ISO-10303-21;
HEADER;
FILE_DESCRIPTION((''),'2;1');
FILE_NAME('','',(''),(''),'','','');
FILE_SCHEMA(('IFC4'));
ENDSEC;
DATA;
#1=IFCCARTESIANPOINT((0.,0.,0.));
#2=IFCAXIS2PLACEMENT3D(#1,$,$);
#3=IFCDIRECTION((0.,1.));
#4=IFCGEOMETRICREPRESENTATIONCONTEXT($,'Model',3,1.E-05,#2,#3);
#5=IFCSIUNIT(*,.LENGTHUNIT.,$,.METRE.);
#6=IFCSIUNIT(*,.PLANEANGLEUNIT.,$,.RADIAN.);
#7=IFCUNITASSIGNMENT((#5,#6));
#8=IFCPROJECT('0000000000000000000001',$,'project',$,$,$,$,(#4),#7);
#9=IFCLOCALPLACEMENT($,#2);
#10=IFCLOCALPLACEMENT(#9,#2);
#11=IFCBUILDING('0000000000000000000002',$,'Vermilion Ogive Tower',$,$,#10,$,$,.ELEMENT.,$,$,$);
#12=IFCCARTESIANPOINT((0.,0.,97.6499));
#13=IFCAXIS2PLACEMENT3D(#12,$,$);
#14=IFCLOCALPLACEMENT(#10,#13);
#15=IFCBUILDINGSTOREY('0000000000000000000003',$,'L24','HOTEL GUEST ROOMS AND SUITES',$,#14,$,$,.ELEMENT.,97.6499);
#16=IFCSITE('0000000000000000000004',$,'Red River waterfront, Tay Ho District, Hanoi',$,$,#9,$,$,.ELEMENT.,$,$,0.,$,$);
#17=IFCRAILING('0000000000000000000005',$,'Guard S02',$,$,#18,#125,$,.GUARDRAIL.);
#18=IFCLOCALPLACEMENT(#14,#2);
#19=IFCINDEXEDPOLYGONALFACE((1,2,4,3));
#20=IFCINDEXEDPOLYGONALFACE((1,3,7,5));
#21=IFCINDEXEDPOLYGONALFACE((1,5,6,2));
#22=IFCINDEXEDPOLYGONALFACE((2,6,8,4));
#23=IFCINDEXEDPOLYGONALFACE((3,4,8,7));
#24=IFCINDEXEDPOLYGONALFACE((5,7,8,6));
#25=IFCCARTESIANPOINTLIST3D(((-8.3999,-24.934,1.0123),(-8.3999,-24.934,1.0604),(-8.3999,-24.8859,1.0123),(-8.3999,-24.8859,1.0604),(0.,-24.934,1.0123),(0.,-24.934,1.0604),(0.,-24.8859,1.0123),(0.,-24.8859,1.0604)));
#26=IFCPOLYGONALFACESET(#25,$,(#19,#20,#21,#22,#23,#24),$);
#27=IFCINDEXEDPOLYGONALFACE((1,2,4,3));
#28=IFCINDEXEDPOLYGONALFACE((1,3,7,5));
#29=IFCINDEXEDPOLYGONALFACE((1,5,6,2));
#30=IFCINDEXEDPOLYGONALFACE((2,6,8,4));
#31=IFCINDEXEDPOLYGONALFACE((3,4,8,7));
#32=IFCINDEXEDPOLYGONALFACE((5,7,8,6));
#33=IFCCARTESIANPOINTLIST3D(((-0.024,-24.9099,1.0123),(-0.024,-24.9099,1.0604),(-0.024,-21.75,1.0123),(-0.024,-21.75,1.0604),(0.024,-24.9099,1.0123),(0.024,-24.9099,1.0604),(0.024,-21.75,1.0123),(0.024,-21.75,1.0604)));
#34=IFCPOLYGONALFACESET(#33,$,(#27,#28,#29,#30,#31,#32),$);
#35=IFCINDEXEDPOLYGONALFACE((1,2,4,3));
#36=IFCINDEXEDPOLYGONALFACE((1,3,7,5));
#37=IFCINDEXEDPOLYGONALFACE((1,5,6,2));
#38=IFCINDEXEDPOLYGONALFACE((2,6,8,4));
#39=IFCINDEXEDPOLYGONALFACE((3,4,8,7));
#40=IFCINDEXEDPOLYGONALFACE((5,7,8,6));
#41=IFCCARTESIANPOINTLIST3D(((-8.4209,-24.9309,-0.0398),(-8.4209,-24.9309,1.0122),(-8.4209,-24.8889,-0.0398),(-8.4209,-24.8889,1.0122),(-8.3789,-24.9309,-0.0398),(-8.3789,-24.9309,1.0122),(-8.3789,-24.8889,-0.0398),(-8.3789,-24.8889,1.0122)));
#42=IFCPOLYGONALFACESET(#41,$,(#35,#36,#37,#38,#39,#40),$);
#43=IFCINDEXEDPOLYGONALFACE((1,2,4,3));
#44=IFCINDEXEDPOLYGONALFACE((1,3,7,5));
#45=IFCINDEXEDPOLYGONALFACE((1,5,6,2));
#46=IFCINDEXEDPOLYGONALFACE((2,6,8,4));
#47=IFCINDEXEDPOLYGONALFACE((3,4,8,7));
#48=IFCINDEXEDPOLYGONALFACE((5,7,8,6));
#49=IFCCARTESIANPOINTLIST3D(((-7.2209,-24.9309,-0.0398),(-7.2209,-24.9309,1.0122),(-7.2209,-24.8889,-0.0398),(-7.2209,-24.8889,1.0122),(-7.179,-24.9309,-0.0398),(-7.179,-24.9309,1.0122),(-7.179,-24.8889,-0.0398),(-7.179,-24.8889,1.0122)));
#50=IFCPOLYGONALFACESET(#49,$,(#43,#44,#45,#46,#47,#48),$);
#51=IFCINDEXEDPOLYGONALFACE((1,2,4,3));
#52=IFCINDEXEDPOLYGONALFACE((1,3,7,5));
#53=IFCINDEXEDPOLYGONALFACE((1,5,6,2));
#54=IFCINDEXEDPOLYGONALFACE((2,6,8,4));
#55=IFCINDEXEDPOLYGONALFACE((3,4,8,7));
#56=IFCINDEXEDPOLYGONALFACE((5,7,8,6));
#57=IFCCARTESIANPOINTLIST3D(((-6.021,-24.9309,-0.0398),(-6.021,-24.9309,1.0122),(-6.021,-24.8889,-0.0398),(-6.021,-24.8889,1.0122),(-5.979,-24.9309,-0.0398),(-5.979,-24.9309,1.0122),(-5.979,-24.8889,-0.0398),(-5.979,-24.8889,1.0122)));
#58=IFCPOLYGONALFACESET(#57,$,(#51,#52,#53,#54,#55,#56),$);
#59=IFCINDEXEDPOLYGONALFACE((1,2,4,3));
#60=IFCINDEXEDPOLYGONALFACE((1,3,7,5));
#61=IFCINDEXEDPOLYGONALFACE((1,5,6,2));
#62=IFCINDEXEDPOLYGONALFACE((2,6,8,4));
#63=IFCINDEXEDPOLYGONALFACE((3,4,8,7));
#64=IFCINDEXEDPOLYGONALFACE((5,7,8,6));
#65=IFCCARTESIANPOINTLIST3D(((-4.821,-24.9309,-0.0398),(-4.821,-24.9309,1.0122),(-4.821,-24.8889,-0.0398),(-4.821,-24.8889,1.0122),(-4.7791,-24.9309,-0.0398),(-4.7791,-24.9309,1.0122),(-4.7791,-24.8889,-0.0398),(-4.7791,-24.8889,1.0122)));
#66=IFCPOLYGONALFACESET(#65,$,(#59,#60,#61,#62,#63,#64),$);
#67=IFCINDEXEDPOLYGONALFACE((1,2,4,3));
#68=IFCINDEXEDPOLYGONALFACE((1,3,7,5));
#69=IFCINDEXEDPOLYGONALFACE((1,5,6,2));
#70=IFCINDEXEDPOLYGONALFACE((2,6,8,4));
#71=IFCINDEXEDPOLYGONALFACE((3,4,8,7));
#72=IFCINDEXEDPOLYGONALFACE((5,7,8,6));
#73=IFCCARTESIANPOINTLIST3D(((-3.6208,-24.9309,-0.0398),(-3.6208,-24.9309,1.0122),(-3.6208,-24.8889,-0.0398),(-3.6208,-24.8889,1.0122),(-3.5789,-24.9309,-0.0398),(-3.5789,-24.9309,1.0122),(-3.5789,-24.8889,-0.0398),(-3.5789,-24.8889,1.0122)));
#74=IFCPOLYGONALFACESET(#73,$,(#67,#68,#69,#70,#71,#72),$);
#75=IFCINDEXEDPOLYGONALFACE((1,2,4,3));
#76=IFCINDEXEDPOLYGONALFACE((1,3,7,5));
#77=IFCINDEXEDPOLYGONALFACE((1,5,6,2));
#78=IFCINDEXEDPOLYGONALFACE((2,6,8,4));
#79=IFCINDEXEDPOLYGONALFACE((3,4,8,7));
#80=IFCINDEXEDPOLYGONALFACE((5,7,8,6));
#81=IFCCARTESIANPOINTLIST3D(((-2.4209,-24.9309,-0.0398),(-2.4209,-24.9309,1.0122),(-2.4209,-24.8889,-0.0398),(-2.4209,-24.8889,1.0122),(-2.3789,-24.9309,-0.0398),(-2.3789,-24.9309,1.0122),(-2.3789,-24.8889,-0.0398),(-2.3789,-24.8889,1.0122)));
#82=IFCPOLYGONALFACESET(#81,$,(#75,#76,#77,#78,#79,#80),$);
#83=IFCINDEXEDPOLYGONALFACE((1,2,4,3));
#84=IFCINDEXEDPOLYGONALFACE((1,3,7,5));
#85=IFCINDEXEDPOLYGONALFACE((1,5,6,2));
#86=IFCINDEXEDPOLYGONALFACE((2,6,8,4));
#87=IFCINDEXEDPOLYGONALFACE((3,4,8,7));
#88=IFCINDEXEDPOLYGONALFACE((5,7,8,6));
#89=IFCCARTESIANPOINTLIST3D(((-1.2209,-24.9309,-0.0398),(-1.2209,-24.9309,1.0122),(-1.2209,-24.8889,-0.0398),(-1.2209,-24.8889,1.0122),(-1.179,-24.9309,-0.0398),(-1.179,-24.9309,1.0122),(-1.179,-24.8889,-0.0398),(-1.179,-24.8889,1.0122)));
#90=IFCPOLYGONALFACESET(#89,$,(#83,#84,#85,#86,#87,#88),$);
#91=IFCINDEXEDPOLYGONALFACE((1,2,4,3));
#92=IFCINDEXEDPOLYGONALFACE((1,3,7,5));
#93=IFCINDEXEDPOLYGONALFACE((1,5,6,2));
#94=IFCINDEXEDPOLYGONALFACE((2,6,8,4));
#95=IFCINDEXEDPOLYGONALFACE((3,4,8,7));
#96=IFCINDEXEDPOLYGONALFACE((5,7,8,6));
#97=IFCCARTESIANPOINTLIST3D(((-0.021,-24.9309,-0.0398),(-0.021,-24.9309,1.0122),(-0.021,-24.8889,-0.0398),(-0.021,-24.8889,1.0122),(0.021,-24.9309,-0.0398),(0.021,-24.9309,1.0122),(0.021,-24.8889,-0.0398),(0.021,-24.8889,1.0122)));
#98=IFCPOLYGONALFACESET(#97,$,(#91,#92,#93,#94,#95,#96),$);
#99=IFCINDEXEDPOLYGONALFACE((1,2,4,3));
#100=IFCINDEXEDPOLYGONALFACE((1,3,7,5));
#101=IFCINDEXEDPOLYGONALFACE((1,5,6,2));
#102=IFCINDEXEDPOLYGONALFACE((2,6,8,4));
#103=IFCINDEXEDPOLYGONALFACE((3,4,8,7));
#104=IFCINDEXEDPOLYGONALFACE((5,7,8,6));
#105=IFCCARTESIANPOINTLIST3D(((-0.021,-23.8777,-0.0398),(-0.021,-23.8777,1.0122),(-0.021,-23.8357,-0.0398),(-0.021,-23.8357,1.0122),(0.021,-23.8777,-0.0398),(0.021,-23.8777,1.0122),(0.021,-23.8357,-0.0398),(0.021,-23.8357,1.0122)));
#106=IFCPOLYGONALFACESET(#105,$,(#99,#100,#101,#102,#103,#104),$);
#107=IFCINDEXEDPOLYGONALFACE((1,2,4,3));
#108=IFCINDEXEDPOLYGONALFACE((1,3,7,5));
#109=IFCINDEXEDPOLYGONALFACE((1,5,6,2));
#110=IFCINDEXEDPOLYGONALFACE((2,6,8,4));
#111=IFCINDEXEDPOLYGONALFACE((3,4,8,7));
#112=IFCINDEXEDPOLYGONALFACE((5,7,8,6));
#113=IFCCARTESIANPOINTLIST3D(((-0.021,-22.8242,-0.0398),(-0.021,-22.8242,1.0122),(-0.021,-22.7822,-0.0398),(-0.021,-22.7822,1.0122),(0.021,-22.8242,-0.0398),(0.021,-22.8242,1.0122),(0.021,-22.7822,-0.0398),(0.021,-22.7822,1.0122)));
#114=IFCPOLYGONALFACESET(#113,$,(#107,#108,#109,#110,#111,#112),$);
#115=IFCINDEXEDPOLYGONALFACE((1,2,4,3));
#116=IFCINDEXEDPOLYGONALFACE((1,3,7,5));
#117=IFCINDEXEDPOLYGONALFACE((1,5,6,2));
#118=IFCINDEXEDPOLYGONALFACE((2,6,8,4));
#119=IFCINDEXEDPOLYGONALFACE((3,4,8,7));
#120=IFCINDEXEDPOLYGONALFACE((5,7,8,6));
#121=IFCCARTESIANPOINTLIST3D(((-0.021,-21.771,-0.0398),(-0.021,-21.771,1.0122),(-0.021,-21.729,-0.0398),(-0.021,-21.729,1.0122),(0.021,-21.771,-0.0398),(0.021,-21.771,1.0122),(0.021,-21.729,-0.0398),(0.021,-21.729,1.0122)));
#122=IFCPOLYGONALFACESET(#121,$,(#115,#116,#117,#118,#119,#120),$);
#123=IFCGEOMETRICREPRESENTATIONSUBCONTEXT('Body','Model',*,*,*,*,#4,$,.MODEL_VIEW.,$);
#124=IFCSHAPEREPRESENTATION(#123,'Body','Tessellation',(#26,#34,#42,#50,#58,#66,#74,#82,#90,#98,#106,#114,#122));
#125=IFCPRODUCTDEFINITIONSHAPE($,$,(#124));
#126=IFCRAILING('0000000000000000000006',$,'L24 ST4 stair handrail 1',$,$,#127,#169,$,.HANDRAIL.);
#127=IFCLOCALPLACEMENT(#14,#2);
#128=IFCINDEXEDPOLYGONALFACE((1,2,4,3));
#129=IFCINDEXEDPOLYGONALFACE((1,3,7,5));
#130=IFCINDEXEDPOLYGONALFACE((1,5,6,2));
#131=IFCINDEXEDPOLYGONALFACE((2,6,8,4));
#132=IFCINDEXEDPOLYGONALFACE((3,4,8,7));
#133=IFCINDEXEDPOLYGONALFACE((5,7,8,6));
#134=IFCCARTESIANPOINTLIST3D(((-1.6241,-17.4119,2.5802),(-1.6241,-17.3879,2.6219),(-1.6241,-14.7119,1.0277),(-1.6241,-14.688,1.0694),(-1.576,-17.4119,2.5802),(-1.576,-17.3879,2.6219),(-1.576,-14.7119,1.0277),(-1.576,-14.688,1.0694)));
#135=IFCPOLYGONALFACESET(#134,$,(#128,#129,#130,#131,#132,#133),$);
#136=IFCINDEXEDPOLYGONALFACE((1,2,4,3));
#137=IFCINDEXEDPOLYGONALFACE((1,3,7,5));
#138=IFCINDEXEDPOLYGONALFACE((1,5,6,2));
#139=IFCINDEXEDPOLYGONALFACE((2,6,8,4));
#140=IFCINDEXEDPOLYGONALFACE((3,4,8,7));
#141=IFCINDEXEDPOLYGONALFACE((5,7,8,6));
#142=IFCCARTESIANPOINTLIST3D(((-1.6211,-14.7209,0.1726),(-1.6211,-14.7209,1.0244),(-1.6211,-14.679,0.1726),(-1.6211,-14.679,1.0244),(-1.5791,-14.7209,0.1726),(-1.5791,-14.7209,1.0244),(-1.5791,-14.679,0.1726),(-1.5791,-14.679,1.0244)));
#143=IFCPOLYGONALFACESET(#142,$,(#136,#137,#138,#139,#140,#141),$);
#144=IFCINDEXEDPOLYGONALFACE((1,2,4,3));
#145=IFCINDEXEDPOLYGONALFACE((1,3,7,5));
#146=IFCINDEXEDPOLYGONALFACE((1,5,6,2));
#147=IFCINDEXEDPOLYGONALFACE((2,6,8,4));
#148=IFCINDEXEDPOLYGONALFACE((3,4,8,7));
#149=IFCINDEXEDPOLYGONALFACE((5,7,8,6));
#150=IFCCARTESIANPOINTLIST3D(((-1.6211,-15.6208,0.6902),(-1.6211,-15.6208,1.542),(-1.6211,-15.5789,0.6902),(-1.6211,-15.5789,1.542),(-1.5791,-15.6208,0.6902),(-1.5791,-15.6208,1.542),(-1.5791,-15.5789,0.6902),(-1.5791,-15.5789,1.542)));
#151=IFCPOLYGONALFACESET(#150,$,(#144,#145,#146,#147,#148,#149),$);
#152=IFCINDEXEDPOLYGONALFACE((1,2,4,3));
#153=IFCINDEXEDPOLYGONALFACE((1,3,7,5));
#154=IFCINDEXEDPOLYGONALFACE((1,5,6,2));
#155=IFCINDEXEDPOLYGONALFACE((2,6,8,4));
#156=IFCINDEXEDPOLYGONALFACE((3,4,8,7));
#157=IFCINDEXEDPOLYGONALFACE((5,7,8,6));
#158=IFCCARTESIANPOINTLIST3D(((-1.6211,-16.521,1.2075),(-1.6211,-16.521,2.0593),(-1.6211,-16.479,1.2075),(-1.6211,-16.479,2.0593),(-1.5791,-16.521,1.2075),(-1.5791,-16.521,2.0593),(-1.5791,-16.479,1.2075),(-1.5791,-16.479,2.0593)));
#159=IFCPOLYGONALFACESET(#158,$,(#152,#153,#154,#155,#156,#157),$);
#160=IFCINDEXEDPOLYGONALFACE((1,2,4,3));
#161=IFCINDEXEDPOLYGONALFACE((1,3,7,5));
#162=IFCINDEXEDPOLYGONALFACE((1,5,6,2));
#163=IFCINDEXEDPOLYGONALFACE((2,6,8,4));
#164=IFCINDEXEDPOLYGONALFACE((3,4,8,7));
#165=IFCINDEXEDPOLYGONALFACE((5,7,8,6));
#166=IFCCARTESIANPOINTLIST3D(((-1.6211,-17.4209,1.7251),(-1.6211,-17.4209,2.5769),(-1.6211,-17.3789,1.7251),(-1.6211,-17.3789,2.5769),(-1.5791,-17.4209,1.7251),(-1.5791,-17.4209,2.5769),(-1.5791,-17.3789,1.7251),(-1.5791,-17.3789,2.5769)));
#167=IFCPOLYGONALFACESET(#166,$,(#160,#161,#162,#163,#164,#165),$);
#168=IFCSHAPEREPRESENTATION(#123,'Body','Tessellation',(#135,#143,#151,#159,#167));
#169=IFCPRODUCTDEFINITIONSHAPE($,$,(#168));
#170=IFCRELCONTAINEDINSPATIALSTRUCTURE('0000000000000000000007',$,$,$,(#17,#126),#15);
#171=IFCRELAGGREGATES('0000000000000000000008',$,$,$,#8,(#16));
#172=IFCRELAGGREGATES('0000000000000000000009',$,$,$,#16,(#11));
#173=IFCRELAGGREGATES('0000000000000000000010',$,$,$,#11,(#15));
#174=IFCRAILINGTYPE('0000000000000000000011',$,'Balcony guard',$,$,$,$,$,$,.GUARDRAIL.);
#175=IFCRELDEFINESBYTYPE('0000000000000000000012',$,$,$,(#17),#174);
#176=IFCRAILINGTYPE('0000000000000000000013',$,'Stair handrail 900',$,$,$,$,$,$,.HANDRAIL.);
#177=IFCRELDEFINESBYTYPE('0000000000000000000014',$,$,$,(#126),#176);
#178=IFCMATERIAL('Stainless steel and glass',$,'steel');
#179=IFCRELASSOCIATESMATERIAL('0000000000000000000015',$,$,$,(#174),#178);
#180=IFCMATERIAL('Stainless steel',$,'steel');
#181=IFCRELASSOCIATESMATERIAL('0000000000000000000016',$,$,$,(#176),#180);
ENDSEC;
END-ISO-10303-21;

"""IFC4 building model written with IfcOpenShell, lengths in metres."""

from ifc_helpers import new_model, si_unit, direction, frame, origin, origin_2d, place, context, subcontext, project, spatial, rectangle, extrude, material, type_object, element, save


model = new_model("IFC4")

# Units and contexts
model_context = context("Model", 3, precision=1e-05, world=origin(), true_north=direction((0.0, 1.0)))
body_context = subcontext(model_context, "Body", "Model", "MODEL_VIEW")
ifc_project = project(units=[si_unit("LENGTHUNIT", "METRE"), si_unit("PLANEANGLEUNIT", "RADIAN")], contexts=[model_context])

# Site, building, storey
site_placement = place(None, origin())
site = spatial("IfcSite", under=ifc_project, at=site_placement, Name="Red River waterfront, Tay Ho District, Hanoi", CompositionType="ELEMENT", RefElevation=0.0)
building_placement = place(site_placement, origin())
building = spatial("IfcBuilding", under=site, at=building_placement, Name="Vermilion Ogive Tower", CompositionType="ELEMENT")
storey_placement = place(building_placement, frame((0.0, 0.0, 97.6499)))
storey = spatial("IfcBuildingStorey", under=building, at=storey_placement, Name="L24", Description="HOTEL GUEST ROOMS AND SUITES", CompositionType="ELEMENT", Elevation=97.6499)

# Railings
ifc_material_1 = material(Name="Stainless steel and glass", Category="steel")
railing_type_1 = type_object("IfcRailingType", Name="Balcony guard", PredefinedType="GUARDRAIL", material=ifc_material_1)
railing_1_placement = place(storey_placement, frame((-8.3999, -24.9099, -0.0398)))
element("IfcRailing", 1, at=railing_1_placement, inside=storey, type_object=railing_type_1, Name="Guard S02", PredefinedType="GUARDRAIL", context=body_context, shape_type="SweptSolid", body=[
    extrude(rectangle(XDim=0.0481, YDim=0.0481, at=origin_2d()), frame((0.0, 0.0, 1.0762), z_axis=(1.0, 0.0, 0.0), x_axis=(0.0, 1.0, 0.0)), (0.0, 0.0, 1.0), 8.3999),
    extrude(rectangle(XDim=0.0481, YDim=0.0481, at=origin_2d()), frame((8.3999, 0.0, 1.0762), z_axis=(0.0, 1.0, 0.0), x_axis=(-1.0, 0.0, 0.0)), (0.0, 0.0, 1.0), 3.1599),
    extrude(rectangle(XDim=0.042, YDim=0.042, at=origin_2d()), origin(), (0.0, 0.0, 1.0), 1.052),
    extrude(rectangle(XDim=0.042, YDim=0.042, at=origin_2d()), frame((1.2, 0.0, 0.0)), (0.0, 0.0, 1.0), 1.052),
    extrude(rectangle(XDim=0.042, YDim=0.042, at=origin_2d()), frame((2.3999, 0.0, 0.0)), (0.0, 0.0, 1.0), 1.052),
    extrude(rectangle(XDim=0.042, YDim=0.042, at=origin_2d()), frame((3.5999, 0.0, 0.0)), (0.0, 0.0, 1.0), 1.052),
    extrude(rectangle(XDim=0.042, YDim=0.042, at=origin_2d()), frame((4.8, 0.0, 0.0)), (0.0, 0.0, 1.0), 1.052),
    extrude(rectangle(XDim=0.042, YDim=0.042, at=origin_2d()), frame((6.0, 0.0, 0.0)), (0.0, 0.0, 1.0), 1.052),
    extrude(rectangle(XDim=0.042, YDim=0.042, at=origin_2d()), frame((7.2, 0.0, 0.0)), (0.0, 0.0, 1.0), 1.052),
    extrude(rectangle(XDim=0.042, YDim=0.042, at=origin_2d()), frame((8.3999, 0.0, 0.0)), (0.0, 0.0, 1.0), 1.052),
    extrude(rectangle(XDim=0.042, YDim=0.042, at=origin_2d()), frame((8.3999, 1.0532, 0.0)), (0.0, 0.0, 1.0), 1.052),
    extrude(rectangle(XDim=0.042, YDim=0.042, at=origin_2d()), frame((8.3999, 2.1067, 0.0)), (0.0, 0.0, 1.0), 1.052),
    extrude(rectangle(XDim=0.042, YDim=0.042, at=origin_2d()), frame((8.3999, 3.1599, 0.0)), (0.0, 0.0, 1.0), 1.052),
])
ifc_material_2 = material(Name="Stainless steel", Category="steel")
railing_type_2 = type_object("IfcRailingType", Name="Stair handrail 900", PredefinedType="HANDRAIL", material=ifc_material_2)
railing_2_placement = place(storey_placement, frame((-1.6001, -14.7, 0.1726)))
element("IfcRailing", 2, at=railing_2_placement, inside=storey, type_object=railing_type_2, Name="L24 ST4 stair handrail 1", PredefinedType="HANDRAIL", context=body_context, shape_type="SweptSolid", body=[
    extrude(rectangle(XDim=0.0481, YDim=0.0481, at=origin_2d()), frame((0.0, 0.0, 0.876), z_axis=(0.0, -0.866904, 0.498476), x_axis=(1.0, 0.0, 0.0)), (0.0, 0.0, 1.0), 3.1145),
    extrude(rectangle(XDim=0.042, YDim=0.042, at=origin_2d()), origin(), (0.0, 0.0, 1.0), 0.8518),
    extrude(rectangle(XDim=0.042, YDim=0.042, at=origin_2d()), frame((0.0, -0.8999, 0.5176)), (0.0, 0.0, 1.0), 0.8518),
    extrude(rectangle(XDim=0.042, YDim=0.042, at=origin_2d()), frame((0.0, -1.8, 1.0349)), (0.0, 0.0, 1.0), 0.8518),
    extrude(rectangle(XDim=0.042, YDim=0.042, at=origin_2d()), frame((0.0, -2.7, 1.5525)), (0.0, 0.0, 1.0), 0.8518),
])

save(model, "model.ifc")
